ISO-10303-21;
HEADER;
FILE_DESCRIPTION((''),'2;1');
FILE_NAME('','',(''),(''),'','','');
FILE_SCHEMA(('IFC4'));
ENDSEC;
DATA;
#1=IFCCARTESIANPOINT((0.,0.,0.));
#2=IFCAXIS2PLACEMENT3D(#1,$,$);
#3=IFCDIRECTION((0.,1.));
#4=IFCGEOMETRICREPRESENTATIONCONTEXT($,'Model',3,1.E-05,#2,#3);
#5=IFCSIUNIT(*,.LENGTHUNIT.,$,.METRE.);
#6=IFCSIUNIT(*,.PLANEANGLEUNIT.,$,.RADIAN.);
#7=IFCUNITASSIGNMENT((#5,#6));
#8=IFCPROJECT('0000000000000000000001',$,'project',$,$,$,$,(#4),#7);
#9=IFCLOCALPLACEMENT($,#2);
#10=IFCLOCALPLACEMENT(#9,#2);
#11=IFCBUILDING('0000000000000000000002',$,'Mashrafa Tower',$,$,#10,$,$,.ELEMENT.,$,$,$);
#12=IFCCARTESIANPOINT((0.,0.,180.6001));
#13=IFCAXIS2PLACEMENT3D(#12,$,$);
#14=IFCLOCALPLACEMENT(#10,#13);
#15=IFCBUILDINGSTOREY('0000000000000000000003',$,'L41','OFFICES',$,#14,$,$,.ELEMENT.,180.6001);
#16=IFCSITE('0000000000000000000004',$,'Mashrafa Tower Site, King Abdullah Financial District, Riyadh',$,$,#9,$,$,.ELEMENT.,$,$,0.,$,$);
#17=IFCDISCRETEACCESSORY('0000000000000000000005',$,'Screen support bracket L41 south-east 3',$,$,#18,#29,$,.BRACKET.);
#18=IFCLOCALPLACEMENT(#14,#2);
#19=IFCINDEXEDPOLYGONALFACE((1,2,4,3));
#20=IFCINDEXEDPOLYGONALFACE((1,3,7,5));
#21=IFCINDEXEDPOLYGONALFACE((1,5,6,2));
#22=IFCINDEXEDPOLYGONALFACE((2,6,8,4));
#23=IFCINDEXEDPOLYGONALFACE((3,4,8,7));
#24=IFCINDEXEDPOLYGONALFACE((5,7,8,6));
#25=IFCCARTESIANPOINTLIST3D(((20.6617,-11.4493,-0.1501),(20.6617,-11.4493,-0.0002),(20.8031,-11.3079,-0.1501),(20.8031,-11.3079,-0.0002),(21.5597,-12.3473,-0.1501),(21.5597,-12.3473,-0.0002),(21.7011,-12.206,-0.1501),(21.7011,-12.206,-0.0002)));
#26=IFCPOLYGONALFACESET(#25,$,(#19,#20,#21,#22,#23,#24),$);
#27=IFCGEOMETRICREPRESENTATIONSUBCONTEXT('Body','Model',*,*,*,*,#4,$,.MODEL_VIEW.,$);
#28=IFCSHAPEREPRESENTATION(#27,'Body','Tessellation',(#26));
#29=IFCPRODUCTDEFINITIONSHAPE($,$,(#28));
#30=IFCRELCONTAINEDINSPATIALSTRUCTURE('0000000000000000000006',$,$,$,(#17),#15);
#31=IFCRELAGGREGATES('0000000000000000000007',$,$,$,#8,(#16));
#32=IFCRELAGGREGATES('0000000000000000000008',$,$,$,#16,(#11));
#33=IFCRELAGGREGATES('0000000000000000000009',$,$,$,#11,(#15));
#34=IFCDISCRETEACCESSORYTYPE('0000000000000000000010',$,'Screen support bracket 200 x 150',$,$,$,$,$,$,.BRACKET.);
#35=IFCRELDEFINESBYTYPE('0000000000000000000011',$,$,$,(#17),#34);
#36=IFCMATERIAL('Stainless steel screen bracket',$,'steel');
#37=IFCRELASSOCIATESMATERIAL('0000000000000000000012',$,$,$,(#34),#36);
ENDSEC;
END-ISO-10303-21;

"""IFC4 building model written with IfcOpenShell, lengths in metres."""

from ifc_helpers import new_model, si_unit, direction, frame, origin, origin_2d, place, context, subcontext, project, spatial, rectangle, extrude, source, transform, mapped, material, type_object, type_shapes, element, save


model = new_model("IFC4")

# Units and contexts
model_context = context("Model", 3, precision=1e-05, world=origin(), true_north=direction((0.0, 1.0)))
body_context = subcontext(model_context, "Body", "Model", "MODEL_VIEW")
ifc_project = project(units=[si_unit("LENGTHUNIT", "METRE"), si_unit("PLANEANGLEUNIT", "RADIAN")], contexts=[model_context])

# Site, building, storey
site_placement = place(None, origin())
site = spatial("IfcSite", under=ifc_project, at=site_placement, Name="Mashrafa Tower Site, King Abdullah Financial District, Riyadh", CompositionType="ELEMENT", RefElevation=0.0)
building_placement = place(site_placement, origin())
building = spatial("IfcBuilding", under=site, at=building_placement, Name="Mashrafa Tower", CompositionType="ELEMENT")
storey_placement = place(building_placement, frame((0.0, 0.0, 180.6001)))
storey = spatial("IfcBuildingStorey", under=building, at=storey_placement, Name="L41", Description="OFFICES", CompositionType="ELEMENT", Elevation=180.6001)

# Discrete accessory
ifc_material_1 = material(Name="Stainless steel screen bracket", Category="steel")
discrete_accessory_type = type_object("IfcDiscreteAccessoryType", Name="Screen support bracket 200 x 150", PredefinedType="BRACKET", material=ifc_material_1)
shared_shape_1 = source(origin(), body_context, "Body", "SweptSolid", [
    extrude(rectangle(XDim=0.2, YDim=1.27, at=origin_2d()), origin(), (0.0, 0.0, 1.0), 0.1499),
])
type_shapes(discrete_accessory_type, [shared_shape_1])
for number, where, z_axis, x_axis, name in (
    (1, (21.1814, -11.8276, -0.1501), (0.0, 0.0, 1.0), (0.707107, 0.707107, 0.0), "Screen support bracket L41 south-east 3"),
):
    element("IfcDiscreteAccessory", number, at=place(storey_placement, frame(where, z_axis=z_axis, x_axis=x_axis)), inside=storey, type_object=discrete_accessory_type, Name=name, PredefinedType="BRACKET", context=body_context, shape_type="MappedRepresentation", body=[
        mapped(shared_shape_1, transform((0.0, 0.0, 0.0))),
    ])

save(model, "model.ifc")
